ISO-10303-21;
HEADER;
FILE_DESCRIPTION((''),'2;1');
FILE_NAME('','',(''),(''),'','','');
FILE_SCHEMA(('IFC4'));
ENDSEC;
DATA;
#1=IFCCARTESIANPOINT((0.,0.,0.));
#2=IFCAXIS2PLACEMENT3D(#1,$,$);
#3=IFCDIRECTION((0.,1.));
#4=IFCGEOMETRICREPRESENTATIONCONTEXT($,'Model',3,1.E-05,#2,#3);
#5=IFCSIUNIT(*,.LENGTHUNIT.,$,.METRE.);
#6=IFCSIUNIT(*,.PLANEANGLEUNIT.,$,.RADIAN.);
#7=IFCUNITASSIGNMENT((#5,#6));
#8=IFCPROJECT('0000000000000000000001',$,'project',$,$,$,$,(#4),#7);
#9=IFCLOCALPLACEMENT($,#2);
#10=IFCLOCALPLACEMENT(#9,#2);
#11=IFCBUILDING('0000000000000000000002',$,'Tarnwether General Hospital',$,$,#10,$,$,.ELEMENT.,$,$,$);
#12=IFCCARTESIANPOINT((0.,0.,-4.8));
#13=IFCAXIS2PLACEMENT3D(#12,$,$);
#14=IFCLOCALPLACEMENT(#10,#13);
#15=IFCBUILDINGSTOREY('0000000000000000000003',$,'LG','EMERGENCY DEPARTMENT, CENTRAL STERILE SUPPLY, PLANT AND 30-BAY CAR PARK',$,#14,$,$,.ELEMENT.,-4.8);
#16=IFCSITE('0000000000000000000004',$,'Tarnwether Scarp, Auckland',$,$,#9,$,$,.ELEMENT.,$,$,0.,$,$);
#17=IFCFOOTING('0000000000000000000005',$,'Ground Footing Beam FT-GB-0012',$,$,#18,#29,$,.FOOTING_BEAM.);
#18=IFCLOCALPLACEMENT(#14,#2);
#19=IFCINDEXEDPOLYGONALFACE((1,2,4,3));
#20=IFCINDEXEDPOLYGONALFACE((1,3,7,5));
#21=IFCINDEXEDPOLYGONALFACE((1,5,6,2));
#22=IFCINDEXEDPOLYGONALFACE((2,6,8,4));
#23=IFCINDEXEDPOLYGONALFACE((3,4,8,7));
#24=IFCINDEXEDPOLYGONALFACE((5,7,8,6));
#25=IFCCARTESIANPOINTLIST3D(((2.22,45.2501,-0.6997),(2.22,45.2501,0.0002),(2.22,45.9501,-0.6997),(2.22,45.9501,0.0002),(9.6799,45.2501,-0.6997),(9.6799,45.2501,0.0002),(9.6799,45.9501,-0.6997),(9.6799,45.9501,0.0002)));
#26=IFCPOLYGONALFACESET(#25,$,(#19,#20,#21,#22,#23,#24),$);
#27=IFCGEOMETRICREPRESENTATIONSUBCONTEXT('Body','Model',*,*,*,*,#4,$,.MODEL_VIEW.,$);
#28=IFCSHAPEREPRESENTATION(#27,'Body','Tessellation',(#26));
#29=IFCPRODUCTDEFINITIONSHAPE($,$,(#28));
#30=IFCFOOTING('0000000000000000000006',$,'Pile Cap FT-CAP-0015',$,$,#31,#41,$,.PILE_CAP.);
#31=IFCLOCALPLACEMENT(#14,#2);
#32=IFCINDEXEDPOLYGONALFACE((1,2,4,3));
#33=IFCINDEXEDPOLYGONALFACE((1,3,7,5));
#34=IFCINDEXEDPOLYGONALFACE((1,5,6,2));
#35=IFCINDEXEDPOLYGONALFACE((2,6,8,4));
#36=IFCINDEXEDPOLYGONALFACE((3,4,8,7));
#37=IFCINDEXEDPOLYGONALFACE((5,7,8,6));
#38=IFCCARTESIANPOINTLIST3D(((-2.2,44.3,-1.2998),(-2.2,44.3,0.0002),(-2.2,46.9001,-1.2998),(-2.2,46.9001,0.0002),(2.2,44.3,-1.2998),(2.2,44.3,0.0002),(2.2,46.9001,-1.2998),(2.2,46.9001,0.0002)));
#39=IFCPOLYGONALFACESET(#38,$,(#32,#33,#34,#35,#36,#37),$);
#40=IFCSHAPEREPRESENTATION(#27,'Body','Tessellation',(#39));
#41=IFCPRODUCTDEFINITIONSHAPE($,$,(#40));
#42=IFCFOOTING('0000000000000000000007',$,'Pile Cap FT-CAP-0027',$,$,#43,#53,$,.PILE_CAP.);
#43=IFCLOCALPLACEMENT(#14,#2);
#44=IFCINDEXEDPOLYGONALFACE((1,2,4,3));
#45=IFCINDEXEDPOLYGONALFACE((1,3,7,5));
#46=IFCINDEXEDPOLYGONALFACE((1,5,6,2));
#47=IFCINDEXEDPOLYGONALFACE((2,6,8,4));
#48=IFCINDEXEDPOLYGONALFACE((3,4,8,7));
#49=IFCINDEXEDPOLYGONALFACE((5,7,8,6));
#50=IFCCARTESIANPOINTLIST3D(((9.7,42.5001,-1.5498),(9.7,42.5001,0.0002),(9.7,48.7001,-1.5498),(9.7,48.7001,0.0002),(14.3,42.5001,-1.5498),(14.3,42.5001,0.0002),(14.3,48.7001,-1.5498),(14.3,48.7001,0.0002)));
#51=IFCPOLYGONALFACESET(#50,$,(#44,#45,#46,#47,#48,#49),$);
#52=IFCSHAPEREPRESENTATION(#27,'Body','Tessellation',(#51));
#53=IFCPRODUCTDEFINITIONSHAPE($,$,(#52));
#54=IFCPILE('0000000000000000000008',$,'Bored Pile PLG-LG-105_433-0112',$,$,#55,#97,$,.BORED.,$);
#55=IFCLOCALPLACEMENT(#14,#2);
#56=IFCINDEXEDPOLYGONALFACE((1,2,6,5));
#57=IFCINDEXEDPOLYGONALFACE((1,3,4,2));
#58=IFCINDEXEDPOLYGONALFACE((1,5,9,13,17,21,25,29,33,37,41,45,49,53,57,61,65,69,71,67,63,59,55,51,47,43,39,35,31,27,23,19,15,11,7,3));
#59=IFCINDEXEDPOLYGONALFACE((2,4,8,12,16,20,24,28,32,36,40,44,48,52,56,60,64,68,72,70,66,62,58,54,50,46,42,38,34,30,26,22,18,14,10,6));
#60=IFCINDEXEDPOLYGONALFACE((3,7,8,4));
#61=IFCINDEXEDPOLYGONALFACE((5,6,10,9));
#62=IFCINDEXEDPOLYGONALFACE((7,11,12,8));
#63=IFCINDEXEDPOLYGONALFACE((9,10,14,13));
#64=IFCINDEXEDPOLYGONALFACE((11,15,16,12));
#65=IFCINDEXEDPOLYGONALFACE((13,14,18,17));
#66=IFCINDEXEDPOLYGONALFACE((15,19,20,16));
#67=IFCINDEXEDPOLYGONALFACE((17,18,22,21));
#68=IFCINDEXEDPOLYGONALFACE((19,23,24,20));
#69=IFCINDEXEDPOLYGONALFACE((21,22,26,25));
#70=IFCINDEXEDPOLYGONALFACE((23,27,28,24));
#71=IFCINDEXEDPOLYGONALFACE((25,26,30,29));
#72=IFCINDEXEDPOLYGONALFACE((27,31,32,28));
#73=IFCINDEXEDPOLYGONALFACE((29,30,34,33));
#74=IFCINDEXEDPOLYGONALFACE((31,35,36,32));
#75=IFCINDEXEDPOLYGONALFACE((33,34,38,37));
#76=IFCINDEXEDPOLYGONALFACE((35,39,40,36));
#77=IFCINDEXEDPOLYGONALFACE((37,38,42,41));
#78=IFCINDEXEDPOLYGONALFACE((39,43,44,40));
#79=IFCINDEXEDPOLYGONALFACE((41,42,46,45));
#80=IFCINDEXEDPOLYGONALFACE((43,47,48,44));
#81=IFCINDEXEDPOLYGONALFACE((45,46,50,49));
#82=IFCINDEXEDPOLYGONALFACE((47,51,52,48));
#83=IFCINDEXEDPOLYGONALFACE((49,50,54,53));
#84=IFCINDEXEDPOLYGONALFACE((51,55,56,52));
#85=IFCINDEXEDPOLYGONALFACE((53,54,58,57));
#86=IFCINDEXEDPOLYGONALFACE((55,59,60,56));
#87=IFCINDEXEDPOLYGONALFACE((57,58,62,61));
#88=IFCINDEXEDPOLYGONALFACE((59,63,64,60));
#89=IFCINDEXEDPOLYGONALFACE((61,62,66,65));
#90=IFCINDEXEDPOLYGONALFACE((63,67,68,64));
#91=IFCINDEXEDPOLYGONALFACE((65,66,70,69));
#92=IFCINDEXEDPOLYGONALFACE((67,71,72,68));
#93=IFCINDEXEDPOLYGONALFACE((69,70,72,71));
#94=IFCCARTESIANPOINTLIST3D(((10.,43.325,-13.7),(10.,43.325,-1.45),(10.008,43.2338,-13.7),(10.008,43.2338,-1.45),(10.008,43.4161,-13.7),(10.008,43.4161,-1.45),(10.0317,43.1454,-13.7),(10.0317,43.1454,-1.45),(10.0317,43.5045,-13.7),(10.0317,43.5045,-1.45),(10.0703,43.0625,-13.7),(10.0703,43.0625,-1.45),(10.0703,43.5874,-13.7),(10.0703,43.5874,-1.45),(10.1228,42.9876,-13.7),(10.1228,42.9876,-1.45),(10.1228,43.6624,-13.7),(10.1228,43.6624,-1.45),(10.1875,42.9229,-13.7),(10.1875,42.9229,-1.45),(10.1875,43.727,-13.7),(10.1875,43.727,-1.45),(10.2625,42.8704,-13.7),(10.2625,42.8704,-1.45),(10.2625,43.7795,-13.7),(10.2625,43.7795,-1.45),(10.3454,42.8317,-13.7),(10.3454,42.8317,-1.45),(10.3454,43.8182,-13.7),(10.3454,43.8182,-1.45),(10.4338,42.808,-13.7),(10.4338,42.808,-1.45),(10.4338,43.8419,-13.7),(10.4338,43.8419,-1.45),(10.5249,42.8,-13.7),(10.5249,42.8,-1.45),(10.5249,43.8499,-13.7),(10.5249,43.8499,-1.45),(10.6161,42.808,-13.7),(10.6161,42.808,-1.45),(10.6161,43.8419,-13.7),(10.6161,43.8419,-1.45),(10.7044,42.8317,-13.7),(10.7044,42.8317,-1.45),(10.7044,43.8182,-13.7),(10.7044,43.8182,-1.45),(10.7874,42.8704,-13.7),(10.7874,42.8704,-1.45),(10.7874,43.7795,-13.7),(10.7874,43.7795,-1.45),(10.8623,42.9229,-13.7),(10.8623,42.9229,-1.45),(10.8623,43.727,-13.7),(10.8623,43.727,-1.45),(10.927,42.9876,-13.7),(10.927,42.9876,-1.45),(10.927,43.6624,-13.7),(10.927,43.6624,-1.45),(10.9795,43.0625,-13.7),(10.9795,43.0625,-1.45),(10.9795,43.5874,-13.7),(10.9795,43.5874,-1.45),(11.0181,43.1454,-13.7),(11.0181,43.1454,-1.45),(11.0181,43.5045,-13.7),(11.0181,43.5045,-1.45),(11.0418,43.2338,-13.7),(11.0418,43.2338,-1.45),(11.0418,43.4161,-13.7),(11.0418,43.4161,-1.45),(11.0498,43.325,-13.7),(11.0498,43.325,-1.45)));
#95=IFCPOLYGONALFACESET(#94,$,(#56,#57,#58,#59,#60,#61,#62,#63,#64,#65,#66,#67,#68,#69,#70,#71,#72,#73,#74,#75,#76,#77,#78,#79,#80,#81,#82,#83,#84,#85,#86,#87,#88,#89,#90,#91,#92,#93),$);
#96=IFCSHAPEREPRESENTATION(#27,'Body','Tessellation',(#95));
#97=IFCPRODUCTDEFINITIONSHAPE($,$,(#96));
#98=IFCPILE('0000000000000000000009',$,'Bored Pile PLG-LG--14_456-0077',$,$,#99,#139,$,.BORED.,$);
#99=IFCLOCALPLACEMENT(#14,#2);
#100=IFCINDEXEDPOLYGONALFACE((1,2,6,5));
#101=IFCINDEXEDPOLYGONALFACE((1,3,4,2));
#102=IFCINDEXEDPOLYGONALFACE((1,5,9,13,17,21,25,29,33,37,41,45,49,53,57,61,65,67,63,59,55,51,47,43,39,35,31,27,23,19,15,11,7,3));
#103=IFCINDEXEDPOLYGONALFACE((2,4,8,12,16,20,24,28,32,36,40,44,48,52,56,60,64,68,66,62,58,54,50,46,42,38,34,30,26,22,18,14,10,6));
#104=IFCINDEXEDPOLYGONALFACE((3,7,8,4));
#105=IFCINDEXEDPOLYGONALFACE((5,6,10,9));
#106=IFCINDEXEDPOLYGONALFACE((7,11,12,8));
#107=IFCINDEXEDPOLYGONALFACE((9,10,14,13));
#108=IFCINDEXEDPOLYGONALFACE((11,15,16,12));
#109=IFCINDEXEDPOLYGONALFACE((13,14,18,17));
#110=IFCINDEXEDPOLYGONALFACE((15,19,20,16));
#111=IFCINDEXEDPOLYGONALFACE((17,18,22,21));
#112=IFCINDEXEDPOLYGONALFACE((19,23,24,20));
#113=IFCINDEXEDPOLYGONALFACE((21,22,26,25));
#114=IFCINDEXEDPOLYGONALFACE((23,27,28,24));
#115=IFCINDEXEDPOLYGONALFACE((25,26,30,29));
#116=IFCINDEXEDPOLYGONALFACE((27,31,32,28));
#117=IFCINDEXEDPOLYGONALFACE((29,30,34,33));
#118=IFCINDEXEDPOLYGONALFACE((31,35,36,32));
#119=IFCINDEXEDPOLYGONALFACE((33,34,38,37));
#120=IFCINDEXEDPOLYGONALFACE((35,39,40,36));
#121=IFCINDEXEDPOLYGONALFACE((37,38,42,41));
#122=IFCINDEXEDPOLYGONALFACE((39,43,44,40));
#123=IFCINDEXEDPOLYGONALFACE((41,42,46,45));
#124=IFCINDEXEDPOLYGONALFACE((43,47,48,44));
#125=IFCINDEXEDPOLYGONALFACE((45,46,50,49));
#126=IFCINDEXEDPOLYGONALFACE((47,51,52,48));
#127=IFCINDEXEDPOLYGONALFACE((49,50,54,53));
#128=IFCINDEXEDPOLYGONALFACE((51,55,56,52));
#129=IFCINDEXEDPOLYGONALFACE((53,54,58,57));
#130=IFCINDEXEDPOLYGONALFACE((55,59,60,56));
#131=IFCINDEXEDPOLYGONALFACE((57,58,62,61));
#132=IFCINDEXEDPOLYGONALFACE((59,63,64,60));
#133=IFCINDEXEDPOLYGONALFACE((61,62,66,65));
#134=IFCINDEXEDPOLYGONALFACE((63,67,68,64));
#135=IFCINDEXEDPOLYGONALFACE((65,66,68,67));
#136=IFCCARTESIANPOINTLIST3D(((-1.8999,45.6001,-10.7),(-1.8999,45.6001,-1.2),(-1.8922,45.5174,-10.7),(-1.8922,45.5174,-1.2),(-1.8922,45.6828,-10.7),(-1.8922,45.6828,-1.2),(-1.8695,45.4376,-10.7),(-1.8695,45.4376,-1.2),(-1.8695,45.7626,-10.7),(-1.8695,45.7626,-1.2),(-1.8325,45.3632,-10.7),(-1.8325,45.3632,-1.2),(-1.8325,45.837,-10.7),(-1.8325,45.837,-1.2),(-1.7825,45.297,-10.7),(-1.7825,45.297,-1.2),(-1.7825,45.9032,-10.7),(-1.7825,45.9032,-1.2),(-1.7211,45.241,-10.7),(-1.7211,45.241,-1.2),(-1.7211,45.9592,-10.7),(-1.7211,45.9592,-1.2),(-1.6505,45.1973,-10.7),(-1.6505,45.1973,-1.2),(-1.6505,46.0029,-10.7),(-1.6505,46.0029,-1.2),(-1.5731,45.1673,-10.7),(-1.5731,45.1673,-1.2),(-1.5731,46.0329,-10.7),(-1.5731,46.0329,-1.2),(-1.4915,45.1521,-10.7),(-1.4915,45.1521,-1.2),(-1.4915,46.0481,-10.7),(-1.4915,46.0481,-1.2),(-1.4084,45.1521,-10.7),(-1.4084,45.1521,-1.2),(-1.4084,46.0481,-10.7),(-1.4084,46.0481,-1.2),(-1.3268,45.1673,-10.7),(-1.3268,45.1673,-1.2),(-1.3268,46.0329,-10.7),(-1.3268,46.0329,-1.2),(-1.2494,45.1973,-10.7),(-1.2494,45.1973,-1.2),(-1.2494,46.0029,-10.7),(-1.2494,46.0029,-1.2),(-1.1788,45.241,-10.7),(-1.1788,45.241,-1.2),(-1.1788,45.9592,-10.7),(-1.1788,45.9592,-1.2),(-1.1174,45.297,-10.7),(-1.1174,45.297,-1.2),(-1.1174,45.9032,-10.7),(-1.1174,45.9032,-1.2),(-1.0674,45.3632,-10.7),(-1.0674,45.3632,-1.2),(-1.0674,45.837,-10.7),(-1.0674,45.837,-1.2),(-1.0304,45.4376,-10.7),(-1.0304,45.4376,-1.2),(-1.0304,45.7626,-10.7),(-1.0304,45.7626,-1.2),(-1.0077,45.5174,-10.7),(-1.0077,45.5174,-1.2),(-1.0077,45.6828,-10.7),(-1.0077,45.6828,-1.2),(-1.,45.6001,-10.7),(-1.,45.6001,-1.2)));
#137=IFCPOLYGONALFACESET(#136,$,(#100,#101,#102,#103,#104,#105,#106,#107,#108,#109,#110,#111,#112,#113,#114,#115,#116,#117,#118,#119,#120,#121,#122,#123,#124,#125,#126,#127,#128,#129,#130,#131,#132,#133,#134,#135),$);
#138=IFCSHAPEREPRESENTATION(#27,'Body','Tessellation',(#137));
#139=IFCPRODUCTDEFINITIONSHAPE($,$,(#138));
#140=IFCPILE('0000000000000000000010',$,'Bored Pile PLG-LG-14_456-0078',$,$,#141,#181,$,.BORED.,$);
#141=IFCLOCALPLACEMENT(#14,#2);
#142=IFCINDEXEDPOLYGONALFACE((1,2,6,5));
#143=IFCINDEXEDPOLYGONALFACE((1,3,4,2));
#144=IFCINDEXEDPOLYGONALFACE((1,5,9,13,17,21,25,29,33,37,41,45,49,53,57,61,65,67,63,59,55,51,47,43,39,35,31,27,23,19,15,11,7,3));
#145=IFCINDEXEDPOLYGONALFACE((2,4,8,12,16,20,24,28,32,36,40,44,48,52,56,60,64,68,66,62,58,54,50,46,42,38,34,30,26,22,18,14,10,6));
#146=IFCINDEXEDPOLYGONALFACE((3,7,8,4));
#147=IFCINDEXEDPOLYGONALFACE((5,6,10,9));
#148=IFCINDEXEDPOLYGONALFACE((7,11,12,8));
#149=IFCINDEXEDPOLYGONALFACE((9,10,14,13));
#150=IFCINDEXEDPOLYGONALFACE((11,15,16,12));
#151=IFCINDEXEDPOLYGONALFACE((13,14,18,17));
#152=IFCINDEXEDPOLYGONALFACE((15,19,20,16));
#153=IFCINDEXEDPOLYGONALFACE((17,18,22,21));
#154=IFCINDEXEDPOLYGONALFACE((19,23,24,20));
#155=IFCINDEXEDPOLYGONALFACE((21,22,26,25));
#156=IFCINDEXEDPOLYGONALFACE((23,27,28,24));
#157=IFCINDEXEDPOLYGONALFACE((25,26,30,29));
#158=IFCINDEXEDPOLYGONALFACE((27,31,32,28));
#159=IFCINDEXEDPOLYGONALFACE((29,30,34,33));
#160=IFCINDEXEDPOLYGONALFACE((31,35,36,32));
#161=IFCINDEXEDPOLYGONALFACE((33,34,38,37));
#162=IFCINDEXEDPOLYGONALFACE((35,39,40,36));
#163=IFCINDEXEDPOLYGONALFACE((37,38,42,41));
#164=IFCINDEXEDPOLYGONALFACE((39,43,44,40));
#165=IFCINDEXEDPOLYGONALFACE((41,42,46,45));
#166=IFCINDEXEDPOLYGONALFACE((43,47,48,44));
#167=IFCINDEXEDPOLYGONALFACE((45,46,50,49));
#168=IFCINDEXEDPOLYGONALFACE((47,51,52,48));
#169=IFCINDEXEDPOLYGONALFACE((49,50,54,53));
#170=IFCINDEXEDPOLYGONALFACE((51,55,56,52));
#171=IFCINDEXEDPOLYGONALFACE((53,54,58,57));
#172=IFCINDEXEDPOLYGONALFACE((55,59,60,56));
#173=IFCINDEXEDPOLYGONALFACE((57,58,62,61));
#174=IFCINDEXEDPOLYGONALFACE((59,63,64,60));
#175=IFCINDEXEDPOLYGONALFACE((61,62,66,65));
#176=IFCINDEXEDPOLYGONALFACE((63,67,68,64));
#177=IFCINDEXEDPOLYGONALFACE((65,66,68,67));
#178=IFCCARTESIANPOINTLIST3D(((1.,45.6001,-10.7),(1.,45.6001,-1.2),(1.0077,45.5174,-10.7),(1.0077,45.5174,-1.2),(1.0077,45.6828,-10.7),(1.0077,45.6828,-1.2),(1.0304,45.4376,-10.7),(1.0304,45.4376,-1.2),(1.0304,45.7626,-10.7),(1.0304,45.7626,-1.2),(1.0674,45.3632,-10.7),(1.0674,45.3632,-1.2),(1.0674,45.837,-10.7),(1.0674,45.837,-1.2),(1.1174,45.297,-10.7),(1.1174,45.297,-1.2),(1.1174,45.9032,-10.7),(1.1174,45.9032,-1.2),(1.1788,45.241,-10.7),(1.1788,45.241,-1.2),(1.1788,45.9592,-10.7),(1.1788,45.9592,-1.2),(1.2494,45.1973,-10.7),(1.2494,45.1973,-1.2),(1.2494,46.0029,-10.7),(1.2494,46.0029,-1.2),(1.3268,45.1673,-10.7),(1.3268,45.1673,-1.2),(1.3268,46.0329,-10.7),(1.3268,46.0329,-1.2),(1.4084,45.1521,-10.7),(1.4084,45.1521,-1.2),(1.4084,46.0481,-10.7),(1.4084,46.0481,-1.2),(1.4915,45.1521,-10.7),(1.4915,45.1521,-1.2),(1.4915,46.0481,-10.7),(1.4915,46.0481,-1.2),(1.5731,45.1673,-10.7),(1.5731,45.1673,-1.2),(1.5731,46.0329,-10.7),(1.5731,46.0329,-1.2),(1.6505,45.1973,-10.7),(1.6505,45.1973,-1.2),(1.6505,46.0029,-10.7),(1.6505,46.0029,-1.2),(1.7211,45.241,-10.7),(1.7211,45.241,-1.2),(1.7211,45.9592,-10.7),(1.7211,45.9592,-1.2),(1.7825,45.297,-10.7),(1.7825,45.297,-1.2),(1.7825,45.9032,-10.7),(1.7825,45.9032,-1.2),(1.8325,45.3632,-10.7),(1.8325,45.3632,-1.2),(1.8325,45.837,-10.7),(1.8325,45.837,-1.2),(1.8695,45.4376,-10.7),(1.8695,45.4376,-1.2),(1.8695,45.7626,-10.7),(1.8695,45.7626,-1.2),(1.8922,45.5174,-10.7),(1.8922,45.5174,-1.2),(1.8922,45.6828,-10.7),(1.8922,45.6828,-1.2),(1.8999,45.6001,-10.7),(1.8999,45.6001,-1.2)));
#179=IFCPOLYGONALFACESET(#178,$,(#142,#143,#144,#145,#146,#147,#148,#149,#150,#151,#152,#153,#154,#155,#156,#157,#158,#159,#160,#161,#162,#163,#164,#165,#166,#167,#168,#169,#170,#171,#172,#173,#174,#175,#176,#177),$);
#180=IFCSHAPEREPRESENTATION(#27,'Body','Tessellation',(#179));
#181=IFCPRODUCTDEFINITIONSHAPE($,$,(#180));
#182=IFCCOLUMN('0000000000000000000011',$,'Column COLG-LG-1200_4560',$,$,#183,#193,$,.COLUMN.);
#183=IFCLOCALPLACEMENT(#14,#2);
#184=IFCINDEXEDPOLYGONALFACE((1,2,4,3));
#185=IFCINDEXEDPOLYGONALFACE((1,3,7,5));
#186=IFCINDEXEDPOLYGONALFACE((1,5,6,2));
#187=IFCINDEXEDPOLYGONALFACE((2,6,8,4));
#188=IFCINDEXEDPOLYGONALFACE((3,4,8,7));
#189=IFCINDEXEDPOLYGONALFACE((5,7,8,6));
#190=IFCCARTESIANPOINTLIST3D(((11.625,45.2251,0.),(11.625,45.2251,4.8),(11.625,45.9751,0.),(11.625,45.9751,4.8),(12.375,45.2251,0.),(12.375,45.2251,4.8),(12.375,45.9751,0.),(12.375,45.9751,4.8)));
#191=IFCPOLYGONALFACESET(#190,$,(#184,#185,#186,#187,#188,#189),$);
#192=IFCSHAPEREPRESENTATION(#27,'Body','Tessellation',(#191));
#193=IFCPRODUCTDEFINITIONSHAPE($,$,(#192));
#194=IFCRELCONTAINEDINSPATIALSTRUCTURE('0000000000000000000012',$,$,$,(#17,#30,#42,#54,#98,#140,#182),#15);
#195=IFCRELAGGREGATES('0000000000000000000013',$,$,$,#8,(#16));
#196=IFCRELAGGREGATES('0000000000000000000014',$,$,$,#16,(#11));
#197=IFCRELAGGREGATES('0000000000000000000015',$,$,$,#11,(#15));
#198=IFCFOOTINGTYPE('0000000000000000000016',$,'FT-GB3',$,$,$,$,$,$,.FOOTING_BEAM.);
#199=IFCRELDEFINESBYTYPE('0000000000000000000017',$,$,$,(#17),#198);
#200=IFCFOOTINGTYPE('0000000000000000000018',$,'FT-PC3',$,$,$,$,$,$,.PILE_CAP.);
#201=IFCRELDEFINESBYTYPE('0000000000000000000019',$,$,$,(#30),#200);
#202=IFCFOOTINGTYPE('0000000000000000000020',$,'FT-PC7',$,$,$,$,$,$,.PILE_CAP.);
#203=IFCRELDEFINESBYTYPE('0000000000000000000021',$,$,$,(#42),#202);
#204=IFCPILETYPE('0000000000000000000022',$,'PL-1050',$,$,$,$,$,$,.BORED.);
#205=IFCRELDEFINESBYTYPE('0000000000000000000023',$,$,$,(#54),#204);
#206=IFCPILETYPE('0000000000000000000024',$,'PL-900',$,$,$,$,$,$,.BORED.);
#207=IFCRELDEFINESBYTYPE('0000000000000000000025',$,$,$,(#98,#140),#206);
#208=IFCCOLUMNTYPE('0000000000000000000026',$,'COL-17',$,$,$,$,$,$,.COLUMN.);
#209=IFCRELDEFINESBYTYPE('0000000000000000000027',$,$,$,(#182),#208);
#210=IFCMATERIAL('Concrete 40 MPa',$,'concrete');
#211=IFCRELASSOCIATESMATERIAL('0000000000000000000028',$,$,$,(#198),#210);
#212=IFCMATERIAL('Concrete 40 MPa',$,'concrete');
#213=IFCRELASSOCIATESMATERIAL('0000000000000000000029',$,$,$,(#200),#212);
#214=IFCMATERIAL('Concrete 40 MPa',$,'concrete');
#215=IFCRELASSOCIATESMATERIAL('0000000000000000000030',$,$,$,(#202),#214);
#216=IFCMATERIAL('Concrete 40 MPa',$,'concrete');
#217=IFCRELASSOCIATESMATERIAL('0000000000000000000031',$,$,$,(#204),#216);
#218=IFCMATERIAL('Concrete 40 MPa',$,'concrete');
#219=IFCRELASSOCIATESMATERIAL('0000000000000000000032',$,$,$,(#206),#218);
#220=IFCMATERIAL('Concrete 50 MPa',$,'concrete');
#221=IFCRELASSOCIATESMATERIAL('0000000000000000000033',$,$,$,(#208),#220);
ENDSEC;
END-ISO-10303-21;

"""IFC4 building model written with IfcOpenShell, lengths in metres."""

from ifc_helpers import new_model, si_unit, direction, frame, origin, origin_2d, place, context, subcontext, project, spatial, rectangle, circle, extrude, material, material_profile, profile_set, type_object, element, save


model = new_model("IFC4")

# Units and contexts
model_context = context("Model", 3, precision=1e-05, world=origin(), true_north=direction((0.0, 1.0)))
body_context = subcontext(model_context, "Body", "Model", "MODEL_VIEW")
ifc_project = project(units=[si_unit("LENGTHUNIT", "METRE"), si_unit("PLANEANGLEUNIT", "RADIAN")], contexts=[model_context])

# Site, building, storey
site_placement = place(None, origin())
site = spatial("IfcSite", under=ifc_project, at=site_placement, Name="Tarnwether Scarp, Auckland", CompositionType="ELEMENT", RefElevation=0.0)
building_placement = place(site_placement, origin())
building = spatial("IfcBuilding", under=site, at=building_placement, Name="Tarnwether General Hospital", CompositionType="ELEMENT")
storey_placement = place(building_placement, frame((0.0, 0.0, -4.8)))
storey = spatial("IfcBuildingStorey", under=building, at=storey_placement, Name="LG", Description="EMERGENCY DEPARTMENT, CENTRAL STERILE SUPPLY, PLANT AND 30-BAY CAR PARK", CompositionType="ELEMENT", Elevation=-4.8)

# Footings
ifc_material_1 = material(Name="Concrete 40 MPa", Category="concrete")
footing_type_1 = type_object("IfcFootingType", Name="FT-GB3", PredefinedType="FOOTING_BEAM", material=ifc_material_1)
footing_1_placement = place(storey_placement, frame((5.95, 45.6001, -0.6997), z_axis=(0.0, 0.0, 1.0), x_axis=(1.0, 0.0, 0.0)))
element("IfcFooting", 1, at=footing_1_placement, inside=storey, type_object=footing_type_1, Name="Ground Footing Beam FT-GB-0012", PredefinedType="FOOTING_BEAM", context=body_context, shape_type="SweptSolid", body=[
    extrude(rectangle(XDim=7.46, YDim=0.7, at=origin_2d()), origin(), (0.0, 0.0, 1.0), 0.7),
])
ifc_material_2 = material(Name="Concrete 40 MPa", Category="concrete")
footing_type_2 = type_object("IfcFootingType", Name="FT-PC3", PredefinedType="PILE_CAP", material=ifc_material_2)
footing_2_placement = place(storey_placement, frame((0.0, 45.6001, -1.2998), z_axis=(0.0, 0.0, 1.0), x_axis=(1.0, 0.0, 0.0)))
element("IfcFooting", 2, at=footing_2_placement, inside=storey, type_object=footing_type_2, Name="Pile Cap FT-CAP-0015", PredefinedType="PILE_CAP", context=body_context, shape_type="SweptSolid", body=[
    extrude(rectangle(XDim=4.3999, YDim=2.6001, at=origin_2d()), origin(), (0.0, 0.0, 1.0), 1.3),
])
ifc_material_3 = material(Name="Concrete 40 MPa", Category="concrete")
footing_type_3 = type_object("IfcFootingType", Name="FT-PC7", PredefinedType="PILE_CAP", material=ifc_material_3)
footing_3_placement = place(storey_placement, frame((12.0, 45.6001, -1.5498), z_axis=(0.0, 0.0, 1.0), x_axis=(0.0, 1.0, 0.0)))
element("IfcFooting", 3, at=footing_3_placement, inside=storey, type_object=footing_type_3, Name="Pile Cap FT-CAP-0027", PredefinedType="PILE_CAP", context=body_context, shape_type="SweptSolid", body=[
    extrude(rectangle(XDim=6.2, YDim=4.6001, at=origin_2d()), origin(), (0.0, 0.0, 1.0), 1.55),
])

# Piles
ifc_material_4 = material(Name="Concrete 40 MPa", Category="concrete")
ifc_material_profile_1 = material_profile(ifc_material_4, circle(Radius=0.5249, at=origin_2d()), Name="PILE-D1050")
ifc_profile_set_1 = profile_set([ifc_material_profile_1], Name="Concrete 40 MPa")
pile_type_1 = type_object("IfcPileType", Name="PL-1050", PredefinedType="BORED", material=ifc_profile_set_1)
pile_placement = place(storey_placement, frame((10.5249, 43.325, -1.45), z_axis=(0.0, 0.0, -1.0), x_axis=(1.0, 0.0, 0.0)))
element("IfcPile", 4, at=pile_placement, inside=storey, type_object=pile_type_1, Name="Bored Pile PLG-LG-105_433-0112", PredefinedType="BORED", context=body_context, shape_type="SweptSolid", body=[
    extrude(circle(Radius=0.5249, at=origin_2d()), origin(), (0.0, 0.0, 1.0), 12.25),
])
ifc_material_5 = material(Name="Concrete 40 MPa", Category="concrete")
ifc_material_profile_2 = material_profile(ifc_material_5, circle(Radius=0.45, at=origin_2d()), Name="PILE-D900")
ifc_profile_set_2 = profile_set([ifc_material_profile_2], Name="Concrete 40 MPa")
pile_type_2 = type_object("IfcPileType", Name="PL-900", PredefinedType="BORED", material=ifc_profile_set_2)
for number, where, z_axis, x_axis, name in (
    (5, (-1.45, 45.6001, -1.2), (0.0, 0.0, -1.0), (1.0, 0.0, 0.0), "Bored Pile PLG-LG--14_456-0077"),
    (6, (1.45, 45.6001, -1.2), (0.0, 0.0, -1.0), (1.0, 0.0, 0.0), "Bored Pile PLG-LG-14_456-0078"),
):
    element("IfcPile", number, at=place(storey_placement, frame(where, z_axis=z_axis, x_axis=x_axis)), inside=storey, type_object=pile_type_2, Name=name, PredefinedType="BORED", context=body_context, shape_type="SweptSolid", body=[
        extrude(circle(Radius=0.45, at=origin_2d()), origin(), (0.0, 0.0, 1.0), 9.5),
    ])

# Column
ifc_material_6 = material(Name="Concrete 50 MPa", Category="concrete")
ifc_material_profile_3 = material_profile(ifc_material_6, rectangle(XDim=0.75, YDim=0.75, at=origin_2d()), Name="RC-COL-750x750")
ifc_profile_set_3 = profile_set([ifc_material_profile_3], Name="Concrete 50 MPa")
column_type_1 = type_object("IfcColumnType", Name="COL-17", PredefinedType="COLUMN", material=ifc_profile_set_3)
column_1_placement = place(storey_placement, frame((12.0, 45.6001, 0.0), z_axis=(0.0, 0.0, 1.0), x_axis=(0.0, 1.0, 0.0)))
element("IfcColumn", 7, at=column_1_placement, inside=storey, type_object=column_type_1, Name="Column COLG-LG-1200_4560", PredefinedType="COLUMN", context=body_context, shape_type="SweptSolid", body=[
    extrude(rectangle(XDim=0.75, YDim=0.75, at=origin_2d()), origin(), (0.0, 0.0, 1.0), 4.8),
])

save(model, "model.ifc")
